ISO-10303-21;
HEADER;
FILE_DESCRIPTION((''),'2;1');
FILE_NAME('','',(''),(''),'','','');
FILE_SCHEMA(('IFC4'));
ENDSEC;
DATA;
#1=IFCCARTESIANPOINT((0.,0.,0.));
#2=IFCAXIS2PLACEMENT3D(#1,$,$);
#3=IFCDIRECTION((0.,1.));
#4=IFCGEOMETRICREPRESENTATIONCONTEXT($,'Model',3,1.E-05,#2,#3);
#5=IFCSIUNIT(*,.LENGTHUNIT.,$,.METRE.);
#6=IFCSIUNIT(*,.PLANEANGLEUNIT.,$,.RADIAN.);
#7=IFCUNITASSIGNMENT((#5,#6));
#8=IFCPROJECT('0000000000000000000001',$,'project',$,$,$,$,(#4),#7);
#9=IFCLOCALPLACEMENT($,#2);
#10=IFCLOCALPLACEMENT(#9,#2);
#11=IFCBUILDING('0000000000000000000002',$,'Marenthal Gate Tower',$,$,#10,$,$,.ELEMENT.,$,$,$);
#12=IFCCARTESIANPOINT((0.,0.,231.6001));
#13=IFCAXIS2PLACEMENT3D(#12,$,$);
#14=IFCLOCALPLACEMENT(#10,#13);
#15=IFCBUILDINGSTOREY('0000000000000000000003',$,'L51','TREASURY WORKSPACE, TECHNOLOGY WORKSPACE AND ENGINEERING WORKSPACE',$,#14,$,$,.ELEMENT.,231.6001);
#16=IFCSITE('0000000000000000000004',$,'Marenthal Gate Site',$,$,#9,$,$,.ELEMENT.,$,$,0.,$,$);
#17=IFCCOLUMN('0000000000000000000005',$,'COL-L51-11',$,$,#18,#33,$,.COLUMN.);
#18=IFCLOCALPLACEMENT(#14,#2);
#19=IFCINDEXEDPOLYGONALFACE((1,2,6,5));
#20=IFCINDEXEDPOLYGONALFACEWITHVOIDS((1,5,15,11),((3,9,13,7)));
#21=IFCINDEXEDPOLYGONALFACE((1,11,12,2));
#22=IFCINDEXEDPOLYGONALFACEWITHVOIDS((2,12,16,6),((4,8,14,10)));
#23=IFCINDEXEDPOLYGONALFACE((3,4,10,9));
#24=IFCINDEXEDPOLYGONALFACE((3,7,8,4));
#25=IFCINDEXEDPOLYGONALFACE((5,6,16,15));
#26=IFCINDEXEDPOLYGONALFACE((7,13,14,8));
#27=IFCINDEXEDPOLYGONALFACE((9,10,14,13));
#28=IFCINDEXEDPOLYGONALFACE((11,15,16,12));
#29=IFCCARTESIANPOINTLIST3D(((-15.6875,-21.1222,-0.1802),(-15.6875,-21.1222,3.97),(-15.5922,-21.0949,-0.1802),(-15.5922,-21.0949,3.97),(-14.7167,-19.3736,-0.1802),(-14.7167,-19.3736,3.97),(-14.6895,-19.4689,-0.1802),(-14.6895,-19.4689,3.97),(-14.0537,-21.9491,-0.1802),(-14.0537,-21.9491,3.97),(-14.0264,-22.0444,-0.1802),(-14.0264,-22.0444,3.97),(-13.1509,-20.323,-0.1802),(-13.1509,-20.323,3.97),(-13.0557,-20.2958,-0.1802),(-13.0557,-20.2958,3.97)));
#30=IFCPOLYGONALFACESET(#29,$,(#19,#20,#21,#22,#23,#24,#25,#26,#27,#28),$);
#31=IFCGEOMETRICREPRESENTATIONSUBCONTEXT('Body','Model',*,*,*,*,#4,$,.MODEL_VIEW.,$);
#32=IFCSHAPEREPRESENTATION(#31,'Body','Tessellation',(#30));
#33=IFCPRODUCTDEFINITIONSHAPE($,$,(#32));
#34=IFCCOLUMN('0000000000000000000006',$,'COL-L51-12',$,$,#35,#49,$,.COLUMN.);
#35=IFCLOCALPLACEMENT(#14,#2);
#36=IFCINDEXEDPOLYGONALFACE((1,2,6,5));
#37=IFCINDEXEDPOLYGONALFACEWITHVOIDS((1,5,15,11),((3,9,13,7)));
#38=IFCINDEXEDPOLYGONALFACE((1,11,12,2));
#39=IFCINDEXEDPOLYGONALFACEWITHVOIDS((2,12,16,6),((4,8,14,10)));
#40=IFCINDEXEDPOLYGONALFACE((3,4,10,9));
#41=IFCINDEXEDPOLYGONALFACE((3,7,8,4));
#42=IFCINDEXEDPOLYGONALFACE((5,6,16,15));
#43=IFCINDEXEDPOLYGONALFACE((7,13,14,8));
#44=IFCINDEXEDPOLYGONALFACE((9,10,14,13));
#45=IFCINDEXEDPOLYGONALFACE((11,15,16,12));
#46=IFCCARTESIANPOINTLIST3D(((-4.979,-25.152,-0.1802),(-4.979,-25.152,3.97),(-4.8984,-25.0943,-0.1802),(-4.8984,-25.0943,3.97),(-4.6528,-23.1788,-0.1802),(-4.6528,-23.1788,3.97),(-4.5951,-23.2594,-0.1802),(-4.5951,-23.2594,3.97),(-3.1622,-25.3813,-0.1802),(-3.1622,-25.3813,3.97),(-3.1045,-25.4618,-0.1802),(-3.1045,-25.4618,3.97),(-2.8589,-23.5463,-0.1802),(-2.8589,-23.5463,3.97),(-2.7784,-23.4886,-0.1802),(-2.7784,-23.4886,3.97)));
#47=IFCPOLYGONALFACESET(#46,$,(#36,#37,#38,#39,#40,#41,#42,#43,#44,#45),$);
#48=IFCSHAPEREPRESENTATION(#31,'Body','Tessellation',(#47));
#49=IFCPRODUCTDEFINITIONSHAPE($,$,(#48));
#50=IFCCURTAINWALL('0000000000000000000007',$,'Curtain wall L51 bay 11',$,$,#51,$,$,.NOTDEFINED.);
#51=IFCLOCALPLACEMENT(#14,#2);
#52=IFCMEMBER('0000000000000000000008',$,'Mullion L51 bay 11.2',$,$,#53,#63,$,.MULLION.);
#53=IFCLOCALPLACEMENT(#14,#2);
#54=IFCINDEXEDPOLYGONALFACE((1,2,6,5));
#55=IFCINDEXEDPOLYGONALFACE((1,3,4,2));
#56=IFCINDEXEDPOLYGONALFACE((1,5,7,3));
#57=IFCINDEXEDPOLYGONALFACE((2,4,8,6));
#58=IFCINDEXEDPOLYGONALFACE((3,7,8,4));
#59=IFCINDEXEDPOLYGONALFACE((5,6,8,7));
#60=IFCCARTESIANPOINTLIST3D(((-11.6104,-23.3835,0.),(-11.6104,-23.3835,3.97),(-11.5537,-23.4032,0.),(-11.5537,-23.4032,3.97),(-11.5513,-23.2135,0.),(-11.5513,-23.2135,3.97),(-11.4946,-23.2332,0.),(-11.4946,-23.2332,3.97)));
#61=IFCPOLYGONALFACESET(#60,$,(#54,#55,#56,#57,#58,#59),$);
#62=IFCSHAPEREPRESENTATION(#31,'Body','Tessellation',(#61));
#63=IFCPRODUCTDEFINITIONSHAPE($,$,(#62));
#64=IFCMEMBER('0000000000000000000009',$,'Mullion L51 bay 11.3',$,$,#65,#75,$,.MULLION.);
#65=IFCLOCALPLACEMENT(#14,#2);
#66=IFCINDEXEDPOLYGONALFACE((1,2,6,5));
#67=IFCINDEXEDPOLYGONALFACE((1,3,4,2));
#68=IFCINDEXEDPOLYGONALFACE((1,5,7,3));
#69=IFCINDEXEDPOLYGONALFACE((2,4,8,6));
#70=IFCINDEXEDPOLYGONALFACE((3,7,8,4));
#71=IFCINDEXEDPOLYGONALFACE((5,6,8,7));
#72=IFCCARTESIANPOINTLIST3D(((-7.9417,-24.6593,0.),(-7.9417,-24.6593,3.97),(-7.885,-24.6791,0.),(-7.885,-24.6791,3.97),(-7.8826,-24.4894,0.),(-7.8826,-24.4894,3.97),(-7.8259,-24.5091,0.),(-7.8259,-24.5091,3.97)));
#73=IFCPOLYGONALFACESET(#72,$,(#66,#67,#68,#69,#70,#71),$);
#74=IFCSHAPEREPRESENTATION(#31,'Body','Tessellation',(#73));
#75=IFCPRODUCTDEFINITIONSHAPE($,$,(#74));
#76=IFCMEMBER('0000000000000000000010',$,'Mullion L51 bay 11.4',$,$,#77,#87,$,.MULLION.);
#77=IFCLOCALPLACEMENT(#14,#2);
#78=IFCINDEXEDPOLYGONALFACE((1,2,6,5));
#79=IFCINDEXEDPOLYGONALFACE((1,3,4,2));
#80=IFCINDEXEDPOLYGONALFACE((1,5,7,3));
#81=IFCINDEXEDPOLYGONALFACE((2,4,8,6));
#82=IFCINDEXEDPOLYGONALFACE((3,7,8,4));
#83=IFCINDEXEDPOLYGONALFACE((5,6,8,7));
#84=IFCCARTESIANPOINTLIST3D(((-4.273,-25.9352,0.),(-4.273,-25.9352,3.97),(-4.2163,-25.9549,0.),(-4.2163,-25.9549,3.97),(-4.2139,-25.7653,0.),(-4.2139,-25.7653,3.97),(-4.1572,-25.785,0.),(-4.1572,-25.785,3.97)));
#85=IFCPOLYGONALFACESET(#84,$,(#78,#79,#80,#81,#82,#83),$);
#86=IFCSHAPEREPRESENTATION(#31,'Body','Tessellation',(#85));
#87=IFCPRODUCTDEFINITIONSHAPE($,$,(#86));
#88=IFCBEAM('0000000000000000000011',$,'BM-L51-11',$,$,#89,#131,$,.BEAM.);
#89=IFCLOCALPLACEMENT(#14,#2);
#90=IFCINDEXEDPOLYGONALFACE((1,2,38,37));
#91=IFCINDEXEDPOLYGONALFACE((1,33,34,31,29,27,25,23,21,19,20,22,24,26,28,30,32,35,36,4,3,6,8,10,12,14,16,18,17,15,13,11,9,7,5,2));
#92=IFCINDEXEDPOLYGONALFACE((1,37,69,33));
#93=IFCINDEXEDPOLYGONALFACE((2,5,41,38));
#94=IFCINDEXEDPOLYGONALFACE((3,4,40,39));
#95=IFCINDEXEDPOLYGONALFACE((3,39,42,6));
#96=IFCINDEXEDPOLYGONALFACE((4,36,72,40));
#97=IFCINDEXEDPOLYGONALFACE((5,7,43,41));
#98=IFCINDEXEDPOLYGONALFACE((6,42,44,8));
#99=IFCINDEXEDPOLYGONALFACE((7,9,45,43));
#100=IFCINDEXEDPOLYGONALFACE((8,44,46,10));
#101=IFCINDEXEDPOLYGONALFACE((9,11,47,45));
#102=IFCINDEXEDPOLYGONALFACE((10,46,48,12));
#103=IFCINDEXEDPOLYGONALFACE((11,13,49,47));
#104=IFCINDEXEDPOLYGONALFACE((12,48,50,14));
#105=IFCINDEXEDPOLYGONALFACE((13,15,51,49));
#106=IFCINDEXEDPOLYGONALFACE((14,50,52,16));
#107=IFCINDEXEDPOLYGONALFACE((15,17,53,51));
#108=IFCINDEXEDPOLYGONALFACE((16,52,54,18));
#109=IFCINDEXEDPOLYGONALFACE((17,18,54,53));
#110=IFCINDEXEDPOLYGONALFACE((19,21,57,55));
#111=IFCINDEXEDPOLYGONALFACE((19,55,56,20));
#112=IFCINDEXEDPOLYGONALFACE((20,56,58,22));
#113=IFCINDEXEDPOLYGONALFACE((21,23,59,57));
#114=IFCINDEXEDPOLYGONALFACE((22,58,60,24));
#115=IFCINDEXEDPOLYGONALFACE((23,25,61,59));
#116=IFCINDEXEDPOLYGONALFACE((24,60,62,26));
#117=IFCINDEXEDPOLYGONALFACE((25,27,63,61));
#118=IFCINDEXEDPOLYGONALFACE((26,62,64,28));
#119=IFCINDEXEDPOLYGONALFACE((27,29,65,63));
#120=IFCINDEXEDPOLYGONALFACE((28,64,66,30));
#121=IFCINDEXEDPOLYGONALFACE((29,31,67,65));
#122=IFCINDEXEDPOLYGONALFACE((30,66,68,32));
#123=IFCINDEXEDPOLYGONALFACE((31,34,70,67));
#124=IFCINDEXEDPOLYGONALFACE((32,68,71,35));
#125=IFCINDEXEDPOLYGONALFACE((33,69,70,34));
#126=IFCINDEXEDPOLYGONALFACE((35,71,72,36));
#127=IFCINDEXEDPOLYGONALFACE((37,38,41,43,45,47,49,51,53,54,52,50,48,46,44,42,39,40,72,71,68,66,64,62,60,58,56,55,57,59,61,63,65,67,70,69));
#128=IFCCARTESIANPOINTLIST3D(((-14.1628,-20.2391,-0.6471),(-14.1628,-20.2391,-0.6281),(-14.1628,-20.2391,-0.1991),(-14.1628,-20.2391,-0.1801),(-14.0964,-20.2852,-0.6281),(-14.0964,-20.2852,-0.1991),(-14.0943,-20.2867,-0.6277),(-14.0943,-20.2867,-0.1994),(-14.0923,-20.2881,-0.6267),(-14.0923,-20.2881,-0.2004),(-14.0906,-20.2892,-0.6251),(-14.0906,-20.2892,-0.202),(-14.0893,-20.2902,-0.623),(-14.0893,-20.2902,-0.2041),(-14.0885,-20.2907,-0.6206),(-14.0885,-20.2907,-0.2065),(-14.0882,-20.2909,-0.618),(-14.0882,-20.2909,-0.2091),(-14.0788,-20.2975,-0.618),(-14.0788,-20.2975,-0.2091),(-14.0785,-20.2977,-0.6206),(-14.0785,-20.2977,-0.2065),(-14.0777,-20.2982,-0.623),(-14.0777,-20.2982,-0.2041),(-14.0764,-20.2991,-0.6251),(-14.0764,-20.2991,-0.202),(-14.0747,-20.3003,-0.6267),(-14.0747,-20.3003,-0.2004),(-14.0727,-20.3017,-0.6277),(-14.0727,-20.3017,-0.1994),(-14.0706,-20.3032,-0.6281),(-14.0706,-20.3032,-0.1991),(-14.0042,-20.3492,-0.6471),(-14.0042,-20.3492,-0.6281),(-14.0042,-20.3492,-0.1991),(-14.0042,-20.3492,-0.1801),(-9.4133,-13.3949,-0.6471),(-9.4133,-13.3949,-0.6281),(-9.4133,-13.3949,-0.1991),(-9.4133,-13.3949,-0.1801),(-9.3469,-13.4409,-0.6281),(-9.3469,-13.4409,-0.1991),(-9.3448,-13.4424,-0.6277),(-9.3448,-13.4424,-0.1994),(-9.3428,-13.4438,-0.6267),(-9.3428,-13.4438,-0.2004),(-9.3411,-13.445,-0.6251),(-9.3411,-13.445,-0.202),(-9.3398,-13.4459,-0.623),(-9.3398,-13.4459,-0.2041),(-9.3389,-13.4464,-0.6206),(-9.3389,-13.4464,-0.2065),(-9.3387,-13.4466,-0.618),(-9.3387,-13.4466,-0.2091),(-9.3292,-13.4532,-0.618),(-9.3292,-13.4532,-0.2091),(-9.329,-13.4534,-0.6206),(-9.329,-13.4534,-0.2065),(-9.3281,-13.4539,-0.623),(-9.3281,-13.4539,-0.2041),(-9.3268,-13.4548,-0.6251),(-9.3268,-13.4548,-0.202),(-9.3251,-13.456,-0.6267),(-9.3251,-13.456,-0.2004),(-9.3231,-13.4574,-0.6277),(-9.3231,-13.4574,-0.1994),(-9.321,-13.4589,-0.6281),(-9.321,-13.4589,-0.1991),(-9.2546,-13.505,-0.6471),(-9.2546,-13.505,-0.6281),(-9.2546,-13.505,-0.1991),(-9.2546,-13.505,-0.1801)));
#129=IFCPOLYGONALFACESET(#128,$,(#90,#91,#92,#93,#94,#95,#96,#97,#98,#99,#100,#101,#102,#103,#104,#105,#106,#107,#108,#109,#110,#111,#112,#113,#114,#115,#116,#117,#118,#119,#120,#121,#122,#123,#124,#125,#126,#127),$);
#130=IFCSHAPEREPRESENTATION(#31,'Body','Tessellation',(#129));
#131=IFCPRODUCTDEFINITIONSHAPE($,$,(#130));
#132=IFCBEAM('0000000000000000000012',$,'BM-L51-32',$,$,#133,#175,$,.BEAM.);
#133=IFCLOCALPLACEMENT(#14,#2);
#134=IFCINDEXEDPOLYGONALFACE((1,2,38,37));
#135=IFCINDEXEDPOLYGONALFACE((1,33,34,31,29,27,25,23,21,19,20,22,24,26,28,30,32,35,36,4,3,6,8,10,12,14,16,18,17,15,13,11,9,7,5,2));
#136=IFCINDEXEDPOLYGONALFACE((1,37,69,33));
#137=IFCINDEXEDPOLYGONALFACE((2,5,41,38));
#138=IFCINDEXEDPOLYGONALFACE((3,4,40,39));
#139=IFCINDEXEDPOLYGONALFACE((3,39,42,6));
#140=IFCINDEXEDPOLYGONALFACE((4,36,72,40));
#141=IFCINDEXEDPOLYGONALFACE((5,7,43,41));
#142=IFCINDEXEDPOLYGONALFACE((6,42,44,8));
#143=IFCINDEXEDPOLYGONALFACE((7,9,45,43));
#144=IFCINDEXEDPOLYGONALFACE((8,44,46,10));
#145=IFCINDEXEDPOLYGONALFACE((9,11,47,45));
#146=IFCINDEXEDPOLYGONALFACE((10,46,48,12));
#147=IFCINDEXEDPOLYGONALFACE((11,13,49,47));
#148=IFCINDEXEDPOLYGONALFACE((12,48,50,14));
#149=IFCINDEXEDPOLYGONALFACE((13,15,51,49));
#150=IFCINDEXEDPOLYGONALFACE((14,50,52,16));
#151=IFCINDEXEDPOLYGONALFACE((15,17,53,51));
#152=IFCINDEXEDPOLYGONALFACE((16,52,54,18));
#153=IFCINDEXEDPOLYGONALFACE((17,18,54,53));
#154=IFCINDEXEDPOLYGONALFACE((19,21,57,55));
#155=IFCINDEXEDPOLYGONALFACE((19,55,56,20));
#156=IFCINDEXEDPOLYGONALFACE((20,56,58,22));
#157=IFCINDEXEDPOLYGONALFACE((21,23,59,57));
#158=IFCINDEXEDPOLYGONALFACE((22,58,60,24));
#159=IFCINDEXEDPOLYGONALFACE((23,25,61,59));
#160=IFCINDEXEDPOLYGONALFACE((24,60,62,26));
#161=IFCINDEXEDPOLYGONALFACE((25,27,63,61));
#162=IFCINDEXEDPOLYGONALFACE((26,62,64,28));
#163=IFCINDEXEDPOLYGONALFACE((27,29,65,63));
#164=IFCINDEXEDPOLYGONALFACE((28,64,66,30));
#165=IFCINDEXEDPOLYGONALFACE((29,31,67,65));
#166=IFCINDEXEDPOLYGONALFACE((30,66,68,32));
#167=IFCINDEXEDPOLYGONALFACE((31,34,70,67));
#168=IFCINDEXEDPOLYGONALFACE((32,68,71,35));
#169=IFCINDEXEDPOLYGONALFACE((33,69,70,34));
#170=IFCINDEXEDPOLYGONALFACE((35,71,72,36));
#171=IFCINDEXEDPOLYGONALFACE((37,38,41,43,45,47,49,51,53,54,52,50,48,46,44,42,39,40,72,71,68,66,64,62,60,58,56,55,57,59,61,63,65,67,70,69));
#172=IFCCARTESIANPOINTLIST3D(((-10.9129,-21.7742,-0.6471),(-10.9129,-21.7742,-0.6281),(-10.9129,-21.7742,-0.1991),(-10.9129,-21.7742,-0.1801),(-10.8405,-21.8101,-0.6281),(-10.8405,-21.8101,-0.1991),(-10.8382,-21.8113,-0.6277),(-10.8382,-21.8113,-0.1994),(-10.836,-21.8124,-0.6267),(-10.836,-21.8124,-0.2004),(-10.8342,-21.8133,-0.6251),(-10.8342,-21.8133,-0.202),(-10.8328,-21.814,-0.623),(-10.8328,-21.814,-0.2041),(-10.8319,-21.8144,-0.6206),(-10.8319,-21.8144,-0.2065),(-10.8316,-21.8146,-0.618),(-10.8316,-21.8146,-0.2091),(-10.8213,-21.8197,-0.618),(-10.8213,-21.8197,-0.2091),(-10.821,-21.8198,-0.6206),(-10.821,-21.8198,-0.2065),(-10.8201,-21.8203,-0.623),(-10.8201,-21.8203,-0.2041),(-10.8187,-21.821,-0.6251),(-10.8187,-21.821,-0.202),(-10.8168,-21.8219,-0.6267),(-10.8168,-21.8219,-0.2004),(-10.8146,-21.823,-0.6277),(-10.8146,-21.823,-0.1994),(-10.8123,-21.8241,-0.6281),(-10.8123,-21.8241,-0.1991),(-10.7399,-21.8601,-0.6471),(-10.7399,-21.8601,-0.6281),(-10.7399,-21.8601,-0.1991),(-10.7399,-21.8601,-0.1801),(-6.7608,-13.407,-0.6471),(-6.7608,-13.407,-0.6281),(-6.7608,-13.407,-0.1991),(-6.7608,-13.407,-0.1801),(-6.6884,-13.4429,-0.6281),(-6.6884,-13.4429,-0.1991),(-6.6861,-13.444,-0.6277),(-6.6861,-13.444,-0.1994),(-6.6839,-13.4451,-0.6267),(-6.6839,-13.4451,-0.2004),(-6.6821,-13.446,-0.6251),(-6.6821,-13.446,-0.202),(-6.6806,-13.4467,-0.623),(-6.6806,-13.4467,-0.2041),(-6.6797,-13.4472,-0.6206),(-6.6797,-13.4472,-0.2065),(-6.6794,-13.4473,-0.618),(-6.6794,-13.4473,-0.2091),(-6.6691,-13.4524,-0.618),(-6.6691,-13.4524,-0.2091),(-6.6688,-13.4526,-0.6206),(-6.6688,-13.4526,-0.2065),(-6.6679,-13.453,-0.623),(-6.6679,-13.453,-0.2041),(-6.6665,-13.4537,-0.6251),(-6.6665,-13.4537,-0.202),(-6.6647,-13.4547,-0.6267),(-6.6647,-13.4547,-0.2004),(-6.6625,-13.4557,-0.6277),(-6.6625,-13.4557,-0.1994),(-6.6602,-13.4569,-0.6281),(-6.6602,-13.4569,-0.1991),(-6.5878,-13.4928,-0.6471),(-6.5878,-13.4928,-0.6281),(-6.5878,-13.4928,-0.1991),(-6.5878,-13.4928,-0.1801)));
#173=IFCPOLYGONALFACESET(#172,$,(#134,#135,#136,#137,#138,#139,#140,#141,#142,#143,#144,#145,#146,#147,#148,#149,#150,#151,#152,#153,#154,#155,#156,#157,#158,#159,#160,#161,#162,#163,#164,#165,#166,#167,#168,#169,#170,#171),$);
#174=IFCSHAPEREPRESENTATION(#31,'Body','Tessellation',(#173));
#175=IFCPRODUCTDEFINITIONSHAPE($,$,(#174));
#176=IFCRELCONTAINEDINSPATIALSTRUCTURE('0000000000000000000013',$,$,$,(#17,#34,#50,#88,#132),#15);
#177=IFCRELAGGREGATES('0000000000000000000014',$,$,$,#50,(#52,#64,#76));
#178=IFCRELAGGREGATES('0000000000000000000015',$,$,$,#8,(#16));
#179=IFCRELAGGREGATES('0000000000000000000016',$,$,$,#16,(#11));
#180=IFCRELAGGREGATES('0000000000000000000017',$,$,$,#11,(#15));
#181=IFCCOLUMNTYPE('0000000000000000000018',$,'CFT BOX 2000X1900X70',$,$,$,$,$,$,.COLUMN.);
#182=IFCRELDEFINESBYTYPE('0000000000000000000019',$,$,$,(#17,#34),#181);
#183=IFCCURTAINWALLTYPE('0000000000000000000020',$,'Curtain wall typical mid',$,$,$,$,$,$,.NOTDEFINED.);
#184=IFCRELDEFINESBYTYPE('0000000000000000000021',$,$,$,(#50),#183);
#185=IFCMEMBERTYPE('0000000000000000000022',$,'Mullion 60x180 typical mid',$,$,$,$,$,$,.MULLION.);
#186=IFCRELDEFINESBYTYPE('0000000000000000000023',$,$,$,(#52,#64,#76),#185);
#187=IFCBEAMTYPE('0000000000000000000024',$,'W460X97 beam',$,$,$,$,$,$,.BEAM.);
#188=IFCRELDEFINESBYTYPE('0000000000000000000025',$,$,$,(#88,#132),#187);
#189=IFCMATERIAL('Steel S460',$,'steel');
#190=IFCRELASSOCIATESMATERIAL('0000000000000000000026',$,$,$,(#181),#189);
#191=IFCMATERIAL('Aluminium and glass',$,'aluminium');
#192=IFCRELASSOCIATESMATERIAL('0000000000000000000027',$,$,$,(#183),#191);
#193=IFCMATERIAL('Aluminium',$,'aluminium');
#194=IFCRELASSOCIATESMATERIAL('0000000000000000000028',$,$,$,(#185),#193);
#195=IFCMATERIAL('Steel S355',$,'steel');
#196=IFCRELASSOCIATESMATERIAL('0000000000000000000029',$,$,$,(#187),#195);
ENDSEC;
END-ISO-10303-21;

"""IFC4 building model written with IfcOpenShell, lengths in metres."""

from ifc_helpers import new_model, si_unit, direction, frame, origin, origin_2d, place, context, subcontext, project, spatial, rectangle, hollow_rectangle, i_section, extrude, material, material_profile, profile_set, type_object, element, aggregate, save


model = new_model("IFC4")

# Units and contexts
model_context = context("Model", 3, precision=1e-05, world=origin(), true_north=direction((0.0, 1.0)))
body_context = subcontext(model_context, "Body", "Model", "MODEL_VIEW")
ifc_project = project(units=[si_unit("LENGTHUNIT", "METRE"), si_unit("PLANEANGLEUNIT", "RADIAN")], contexts=[model_context])

# Site, building, storey
site_placement = place(None, origin())
site = spatial("IfcSite", under=ifc_project, at=site_placement, Name="Marenthal Gate Site", CompositionType="ELEMENT", RefElevation=0.0)
building_placement = place(site_placement, origin())
building = spatial("IfcBuilding", under=site, at=building_placement, Name="Marenthal Gate Tower", CompositionType="ELEMENT")
storey_placement = place(building_placement, frame((0.0, 0.0, 231.6001)))
storey = spatial("IfcBuildingStorey", under=building, at=storey_placement, Name="L51", Description="TREASURY WORKSPACE, TECHNOLOGY WORKSPACE AND ENGINEERING WORKSPACE", CompositionType="ELEMENT", Elevation=231.6001)

# Columns
ifc_material_1 = material(Name="Steel S460", Category="steel")
ifc_material_profile_1 = material_profile(ifc_material_1, hollow_rectangle(XDim=1.8999, YDim=2.0, WallThickness=0.0701, at=origin_2d()), Name="CFT BOX 2000X1900X70")
ifc_material_2 = material(Name="Concrete 70 MPa", Category="concrete")
ifc_material_profile_2 = material_profile(ifc_material_2, rectangle(XDim=1.76, YDim=1.8601, at=origin_2d()), Name="CFT BOX 2000X1900X70 INFILL")
ifc_profile_set_1 = profile_set([ifc_material_profile_1, ifc_material_profile_2], Name="Steel S460 shell, Concrete 70 MPa infill")
column_type = type_object("IfcColumnType", Name="CFT BOX 2000X1900X70", PredefinedType="COLUMN", material=ifc_profile_set_1)
for number, where, z_axis, x_axis, name in (
    (1, (-14.3716, -20.709, -0.1802), (0.0, 0.0, 1.0), (-0.874301, 0.485385, 0.0), "COL-L51-11"),
    (2, (-3.8787, -24.3203, -0.1802), (0.0, 0.0, 1.0), (-0.986616, 0.163059, 0.0), "COL-L51-12"),
):
    element("IfcColumn", number, at=place(storey_placement, frame(where, z_axis=z_axis, x_axis=x_axis)), inside=storey, type_object=column_type, Name=name, PredefinedType="COLUMN", context=body_context, shape_type="SweptSolid", body=[
        extrude(hollow_rectangle(XDim=1.8999, YDim=2.0, WallThickness=0.0701, at=origin_2d()), origin(), (0.0, 0.0, 1.0), 4.1501),
    ])

# Curtain wall, members
ifc_material_3 = material(Name="Aluminium and glass", Category="aluminium")
curtain_wall_type = type_object("IfcCurtainWallType", Name="Curtain wall typical mid", PredefinedType="NOTDEFINED", material=ifc_material_3)
curtain_wall_placement = place(storey_placement, origin())
curtain_wall = element("IfcCurtainWall", 3, at=curtain_wall_placement, inside=storey, type_object=curtain_wall_type, Name="Curtain wall L51 bay 11", PredefinedType="NOTDEFINED")
ifc_material_4 = material(Name="Aluminium", Category="aluminium")
ifc_material_profile_3 = material_profile(ifc_material_4, rectangle(XDim=0.1799, YDim=0.0601, at=origin_2d()), Name="60x180 aluminium mullion")
ifc_profile_set_2 = profile_set([ifc_material_profile_3], Name="Aluminium")
member_type = type_object("IfcMemberType", Name="Mullion 60x180 typical mid", PredefinedType="MULLION", material=ifc_profile_set_2)
member_1_placement = place(storey_placement, frame((-11.5525, -23.3083, 0.0), z_axis=(0.0, 0.0, 1.0), x_axis=(0.328468, 0.944515, 0.0)))
member_1 = element("IfcMember", 4, at=member_1_placement, type_object=member_type, Name="Mullion L51 bay 11.2", PredefinedType="MULLION", context=body_context, shape_type="SweptSolid", body=[
    extrude(rectangle(XDim=0.1799, YDim=0.0601, at=origin_2d()), origin(), (0.0, 0.0, 1.0), 3.97),
])
member_2_placement = place(storey_placement, frame((-7.8838, -24.5842, 0.0), z_axis=(0.0, 0.0, 1.0), x_axis=(0.328468, 0.944515, 0.0)))
member_2 = element("IfcMember", 5, at=member_2_placement, type_object=member_type, Name="Mullion L51 bay 11.3", PredefinedType="MULLION", context=body_context, shape_type="SweptSolid", body=[
    extrude(rectangle(XDim=0.1799, YDim=0.0601, at=origin_2d()), origin(), (0.0, 0.0, 1.0), 3.97),
])
member_3_placement = place(storey_placement, frame((-4.2151, -25.8601, 0.0), z_axis=(0.0, 0.0, 1.0), x_axis=(0.328468, 0.944515, 0.0)))
member_3 = element("IfcMember", 6, at=member_3_placement, type_object=member_type, Name="Mullion L51 bay 11.4", PredefinedType="MULLION", context=body_context, shape_type="SweptSolid", body=[
    extrude(rectangle(XDim=0.1799, YDim=0.0601, at=origin_2d()), origin(), (0.0, 0.0, 1.0), 3.97),
])

# Beams
ifc_material_5 = material(Name="Steel S355", Category="steel")
ifc_material_profile_4 = material_profile(ifc_material_5, i_section(OverallWidth=0.1931, OverallDepth=0.467, WebThickness=0.0115, FlangeThickness=0.019, FilletRadius=0.01, at=origin_2d()), Name="W460X97")
ifc_profile_set_3 = profile_set([ifc_material_profile_4], Name="Steel S355")
beam_type_1 = type_object("IfcBeamType", Name="W460X97 beam", PredefinedType="BEAM", material=ifc_profile_set_3)
beam_1_placement = place(storey_placement, frame((-14.0835, -20.2942, -0.4136), z_axis=(0.570118, 0.821563, 0.0), x_axis=(-0.821563, 0.570118, 0.0)))
element("IfcBeam", 7, at=beam_1_placement, inside=storey, type_object=beam_type_1, Name="BM-L51-11", PredefinedType="BEAM", context=body_context, shape_type="SweptSolid", body=[
    extrude(i_section(OverallWidth=0.1931, OverallDepth=0.467, WebThickness=0.0115, FlangeThickness=0.019, FilletRadius=0.01, at=origin_2d()), origin(), (0.0, 0.0, 1.0), 8.3308),
])
beam_2_placement = place(storey_placement, frame((-10.8264, -21.8171, -0.4136), z_axis=(0.444514, 0.895772, 0.0), x_axis=(-0.895772, 0.444514, 0.0)))
element("IfcBeam", 8, at=beam_2_placement, inside=storey, type_object=beam_type_1, Name="BM-L51-32", PredefinedType="BEAM", context=body_context, shape_type="SweptSolid", body=[
    extrude(i_section(OverallWidth=0.1931, OverallDepth=0.467, WebThickness=0.0115, FlangeThickness=0.019, FilletRadius=0.01, at=origin_2d()), origin(), (0.0, 0.0, 1.0), 9.3408),
])

aggregate(curtain_wall, [member_1, member_2, member_3])

save(model, "model.ifc")
